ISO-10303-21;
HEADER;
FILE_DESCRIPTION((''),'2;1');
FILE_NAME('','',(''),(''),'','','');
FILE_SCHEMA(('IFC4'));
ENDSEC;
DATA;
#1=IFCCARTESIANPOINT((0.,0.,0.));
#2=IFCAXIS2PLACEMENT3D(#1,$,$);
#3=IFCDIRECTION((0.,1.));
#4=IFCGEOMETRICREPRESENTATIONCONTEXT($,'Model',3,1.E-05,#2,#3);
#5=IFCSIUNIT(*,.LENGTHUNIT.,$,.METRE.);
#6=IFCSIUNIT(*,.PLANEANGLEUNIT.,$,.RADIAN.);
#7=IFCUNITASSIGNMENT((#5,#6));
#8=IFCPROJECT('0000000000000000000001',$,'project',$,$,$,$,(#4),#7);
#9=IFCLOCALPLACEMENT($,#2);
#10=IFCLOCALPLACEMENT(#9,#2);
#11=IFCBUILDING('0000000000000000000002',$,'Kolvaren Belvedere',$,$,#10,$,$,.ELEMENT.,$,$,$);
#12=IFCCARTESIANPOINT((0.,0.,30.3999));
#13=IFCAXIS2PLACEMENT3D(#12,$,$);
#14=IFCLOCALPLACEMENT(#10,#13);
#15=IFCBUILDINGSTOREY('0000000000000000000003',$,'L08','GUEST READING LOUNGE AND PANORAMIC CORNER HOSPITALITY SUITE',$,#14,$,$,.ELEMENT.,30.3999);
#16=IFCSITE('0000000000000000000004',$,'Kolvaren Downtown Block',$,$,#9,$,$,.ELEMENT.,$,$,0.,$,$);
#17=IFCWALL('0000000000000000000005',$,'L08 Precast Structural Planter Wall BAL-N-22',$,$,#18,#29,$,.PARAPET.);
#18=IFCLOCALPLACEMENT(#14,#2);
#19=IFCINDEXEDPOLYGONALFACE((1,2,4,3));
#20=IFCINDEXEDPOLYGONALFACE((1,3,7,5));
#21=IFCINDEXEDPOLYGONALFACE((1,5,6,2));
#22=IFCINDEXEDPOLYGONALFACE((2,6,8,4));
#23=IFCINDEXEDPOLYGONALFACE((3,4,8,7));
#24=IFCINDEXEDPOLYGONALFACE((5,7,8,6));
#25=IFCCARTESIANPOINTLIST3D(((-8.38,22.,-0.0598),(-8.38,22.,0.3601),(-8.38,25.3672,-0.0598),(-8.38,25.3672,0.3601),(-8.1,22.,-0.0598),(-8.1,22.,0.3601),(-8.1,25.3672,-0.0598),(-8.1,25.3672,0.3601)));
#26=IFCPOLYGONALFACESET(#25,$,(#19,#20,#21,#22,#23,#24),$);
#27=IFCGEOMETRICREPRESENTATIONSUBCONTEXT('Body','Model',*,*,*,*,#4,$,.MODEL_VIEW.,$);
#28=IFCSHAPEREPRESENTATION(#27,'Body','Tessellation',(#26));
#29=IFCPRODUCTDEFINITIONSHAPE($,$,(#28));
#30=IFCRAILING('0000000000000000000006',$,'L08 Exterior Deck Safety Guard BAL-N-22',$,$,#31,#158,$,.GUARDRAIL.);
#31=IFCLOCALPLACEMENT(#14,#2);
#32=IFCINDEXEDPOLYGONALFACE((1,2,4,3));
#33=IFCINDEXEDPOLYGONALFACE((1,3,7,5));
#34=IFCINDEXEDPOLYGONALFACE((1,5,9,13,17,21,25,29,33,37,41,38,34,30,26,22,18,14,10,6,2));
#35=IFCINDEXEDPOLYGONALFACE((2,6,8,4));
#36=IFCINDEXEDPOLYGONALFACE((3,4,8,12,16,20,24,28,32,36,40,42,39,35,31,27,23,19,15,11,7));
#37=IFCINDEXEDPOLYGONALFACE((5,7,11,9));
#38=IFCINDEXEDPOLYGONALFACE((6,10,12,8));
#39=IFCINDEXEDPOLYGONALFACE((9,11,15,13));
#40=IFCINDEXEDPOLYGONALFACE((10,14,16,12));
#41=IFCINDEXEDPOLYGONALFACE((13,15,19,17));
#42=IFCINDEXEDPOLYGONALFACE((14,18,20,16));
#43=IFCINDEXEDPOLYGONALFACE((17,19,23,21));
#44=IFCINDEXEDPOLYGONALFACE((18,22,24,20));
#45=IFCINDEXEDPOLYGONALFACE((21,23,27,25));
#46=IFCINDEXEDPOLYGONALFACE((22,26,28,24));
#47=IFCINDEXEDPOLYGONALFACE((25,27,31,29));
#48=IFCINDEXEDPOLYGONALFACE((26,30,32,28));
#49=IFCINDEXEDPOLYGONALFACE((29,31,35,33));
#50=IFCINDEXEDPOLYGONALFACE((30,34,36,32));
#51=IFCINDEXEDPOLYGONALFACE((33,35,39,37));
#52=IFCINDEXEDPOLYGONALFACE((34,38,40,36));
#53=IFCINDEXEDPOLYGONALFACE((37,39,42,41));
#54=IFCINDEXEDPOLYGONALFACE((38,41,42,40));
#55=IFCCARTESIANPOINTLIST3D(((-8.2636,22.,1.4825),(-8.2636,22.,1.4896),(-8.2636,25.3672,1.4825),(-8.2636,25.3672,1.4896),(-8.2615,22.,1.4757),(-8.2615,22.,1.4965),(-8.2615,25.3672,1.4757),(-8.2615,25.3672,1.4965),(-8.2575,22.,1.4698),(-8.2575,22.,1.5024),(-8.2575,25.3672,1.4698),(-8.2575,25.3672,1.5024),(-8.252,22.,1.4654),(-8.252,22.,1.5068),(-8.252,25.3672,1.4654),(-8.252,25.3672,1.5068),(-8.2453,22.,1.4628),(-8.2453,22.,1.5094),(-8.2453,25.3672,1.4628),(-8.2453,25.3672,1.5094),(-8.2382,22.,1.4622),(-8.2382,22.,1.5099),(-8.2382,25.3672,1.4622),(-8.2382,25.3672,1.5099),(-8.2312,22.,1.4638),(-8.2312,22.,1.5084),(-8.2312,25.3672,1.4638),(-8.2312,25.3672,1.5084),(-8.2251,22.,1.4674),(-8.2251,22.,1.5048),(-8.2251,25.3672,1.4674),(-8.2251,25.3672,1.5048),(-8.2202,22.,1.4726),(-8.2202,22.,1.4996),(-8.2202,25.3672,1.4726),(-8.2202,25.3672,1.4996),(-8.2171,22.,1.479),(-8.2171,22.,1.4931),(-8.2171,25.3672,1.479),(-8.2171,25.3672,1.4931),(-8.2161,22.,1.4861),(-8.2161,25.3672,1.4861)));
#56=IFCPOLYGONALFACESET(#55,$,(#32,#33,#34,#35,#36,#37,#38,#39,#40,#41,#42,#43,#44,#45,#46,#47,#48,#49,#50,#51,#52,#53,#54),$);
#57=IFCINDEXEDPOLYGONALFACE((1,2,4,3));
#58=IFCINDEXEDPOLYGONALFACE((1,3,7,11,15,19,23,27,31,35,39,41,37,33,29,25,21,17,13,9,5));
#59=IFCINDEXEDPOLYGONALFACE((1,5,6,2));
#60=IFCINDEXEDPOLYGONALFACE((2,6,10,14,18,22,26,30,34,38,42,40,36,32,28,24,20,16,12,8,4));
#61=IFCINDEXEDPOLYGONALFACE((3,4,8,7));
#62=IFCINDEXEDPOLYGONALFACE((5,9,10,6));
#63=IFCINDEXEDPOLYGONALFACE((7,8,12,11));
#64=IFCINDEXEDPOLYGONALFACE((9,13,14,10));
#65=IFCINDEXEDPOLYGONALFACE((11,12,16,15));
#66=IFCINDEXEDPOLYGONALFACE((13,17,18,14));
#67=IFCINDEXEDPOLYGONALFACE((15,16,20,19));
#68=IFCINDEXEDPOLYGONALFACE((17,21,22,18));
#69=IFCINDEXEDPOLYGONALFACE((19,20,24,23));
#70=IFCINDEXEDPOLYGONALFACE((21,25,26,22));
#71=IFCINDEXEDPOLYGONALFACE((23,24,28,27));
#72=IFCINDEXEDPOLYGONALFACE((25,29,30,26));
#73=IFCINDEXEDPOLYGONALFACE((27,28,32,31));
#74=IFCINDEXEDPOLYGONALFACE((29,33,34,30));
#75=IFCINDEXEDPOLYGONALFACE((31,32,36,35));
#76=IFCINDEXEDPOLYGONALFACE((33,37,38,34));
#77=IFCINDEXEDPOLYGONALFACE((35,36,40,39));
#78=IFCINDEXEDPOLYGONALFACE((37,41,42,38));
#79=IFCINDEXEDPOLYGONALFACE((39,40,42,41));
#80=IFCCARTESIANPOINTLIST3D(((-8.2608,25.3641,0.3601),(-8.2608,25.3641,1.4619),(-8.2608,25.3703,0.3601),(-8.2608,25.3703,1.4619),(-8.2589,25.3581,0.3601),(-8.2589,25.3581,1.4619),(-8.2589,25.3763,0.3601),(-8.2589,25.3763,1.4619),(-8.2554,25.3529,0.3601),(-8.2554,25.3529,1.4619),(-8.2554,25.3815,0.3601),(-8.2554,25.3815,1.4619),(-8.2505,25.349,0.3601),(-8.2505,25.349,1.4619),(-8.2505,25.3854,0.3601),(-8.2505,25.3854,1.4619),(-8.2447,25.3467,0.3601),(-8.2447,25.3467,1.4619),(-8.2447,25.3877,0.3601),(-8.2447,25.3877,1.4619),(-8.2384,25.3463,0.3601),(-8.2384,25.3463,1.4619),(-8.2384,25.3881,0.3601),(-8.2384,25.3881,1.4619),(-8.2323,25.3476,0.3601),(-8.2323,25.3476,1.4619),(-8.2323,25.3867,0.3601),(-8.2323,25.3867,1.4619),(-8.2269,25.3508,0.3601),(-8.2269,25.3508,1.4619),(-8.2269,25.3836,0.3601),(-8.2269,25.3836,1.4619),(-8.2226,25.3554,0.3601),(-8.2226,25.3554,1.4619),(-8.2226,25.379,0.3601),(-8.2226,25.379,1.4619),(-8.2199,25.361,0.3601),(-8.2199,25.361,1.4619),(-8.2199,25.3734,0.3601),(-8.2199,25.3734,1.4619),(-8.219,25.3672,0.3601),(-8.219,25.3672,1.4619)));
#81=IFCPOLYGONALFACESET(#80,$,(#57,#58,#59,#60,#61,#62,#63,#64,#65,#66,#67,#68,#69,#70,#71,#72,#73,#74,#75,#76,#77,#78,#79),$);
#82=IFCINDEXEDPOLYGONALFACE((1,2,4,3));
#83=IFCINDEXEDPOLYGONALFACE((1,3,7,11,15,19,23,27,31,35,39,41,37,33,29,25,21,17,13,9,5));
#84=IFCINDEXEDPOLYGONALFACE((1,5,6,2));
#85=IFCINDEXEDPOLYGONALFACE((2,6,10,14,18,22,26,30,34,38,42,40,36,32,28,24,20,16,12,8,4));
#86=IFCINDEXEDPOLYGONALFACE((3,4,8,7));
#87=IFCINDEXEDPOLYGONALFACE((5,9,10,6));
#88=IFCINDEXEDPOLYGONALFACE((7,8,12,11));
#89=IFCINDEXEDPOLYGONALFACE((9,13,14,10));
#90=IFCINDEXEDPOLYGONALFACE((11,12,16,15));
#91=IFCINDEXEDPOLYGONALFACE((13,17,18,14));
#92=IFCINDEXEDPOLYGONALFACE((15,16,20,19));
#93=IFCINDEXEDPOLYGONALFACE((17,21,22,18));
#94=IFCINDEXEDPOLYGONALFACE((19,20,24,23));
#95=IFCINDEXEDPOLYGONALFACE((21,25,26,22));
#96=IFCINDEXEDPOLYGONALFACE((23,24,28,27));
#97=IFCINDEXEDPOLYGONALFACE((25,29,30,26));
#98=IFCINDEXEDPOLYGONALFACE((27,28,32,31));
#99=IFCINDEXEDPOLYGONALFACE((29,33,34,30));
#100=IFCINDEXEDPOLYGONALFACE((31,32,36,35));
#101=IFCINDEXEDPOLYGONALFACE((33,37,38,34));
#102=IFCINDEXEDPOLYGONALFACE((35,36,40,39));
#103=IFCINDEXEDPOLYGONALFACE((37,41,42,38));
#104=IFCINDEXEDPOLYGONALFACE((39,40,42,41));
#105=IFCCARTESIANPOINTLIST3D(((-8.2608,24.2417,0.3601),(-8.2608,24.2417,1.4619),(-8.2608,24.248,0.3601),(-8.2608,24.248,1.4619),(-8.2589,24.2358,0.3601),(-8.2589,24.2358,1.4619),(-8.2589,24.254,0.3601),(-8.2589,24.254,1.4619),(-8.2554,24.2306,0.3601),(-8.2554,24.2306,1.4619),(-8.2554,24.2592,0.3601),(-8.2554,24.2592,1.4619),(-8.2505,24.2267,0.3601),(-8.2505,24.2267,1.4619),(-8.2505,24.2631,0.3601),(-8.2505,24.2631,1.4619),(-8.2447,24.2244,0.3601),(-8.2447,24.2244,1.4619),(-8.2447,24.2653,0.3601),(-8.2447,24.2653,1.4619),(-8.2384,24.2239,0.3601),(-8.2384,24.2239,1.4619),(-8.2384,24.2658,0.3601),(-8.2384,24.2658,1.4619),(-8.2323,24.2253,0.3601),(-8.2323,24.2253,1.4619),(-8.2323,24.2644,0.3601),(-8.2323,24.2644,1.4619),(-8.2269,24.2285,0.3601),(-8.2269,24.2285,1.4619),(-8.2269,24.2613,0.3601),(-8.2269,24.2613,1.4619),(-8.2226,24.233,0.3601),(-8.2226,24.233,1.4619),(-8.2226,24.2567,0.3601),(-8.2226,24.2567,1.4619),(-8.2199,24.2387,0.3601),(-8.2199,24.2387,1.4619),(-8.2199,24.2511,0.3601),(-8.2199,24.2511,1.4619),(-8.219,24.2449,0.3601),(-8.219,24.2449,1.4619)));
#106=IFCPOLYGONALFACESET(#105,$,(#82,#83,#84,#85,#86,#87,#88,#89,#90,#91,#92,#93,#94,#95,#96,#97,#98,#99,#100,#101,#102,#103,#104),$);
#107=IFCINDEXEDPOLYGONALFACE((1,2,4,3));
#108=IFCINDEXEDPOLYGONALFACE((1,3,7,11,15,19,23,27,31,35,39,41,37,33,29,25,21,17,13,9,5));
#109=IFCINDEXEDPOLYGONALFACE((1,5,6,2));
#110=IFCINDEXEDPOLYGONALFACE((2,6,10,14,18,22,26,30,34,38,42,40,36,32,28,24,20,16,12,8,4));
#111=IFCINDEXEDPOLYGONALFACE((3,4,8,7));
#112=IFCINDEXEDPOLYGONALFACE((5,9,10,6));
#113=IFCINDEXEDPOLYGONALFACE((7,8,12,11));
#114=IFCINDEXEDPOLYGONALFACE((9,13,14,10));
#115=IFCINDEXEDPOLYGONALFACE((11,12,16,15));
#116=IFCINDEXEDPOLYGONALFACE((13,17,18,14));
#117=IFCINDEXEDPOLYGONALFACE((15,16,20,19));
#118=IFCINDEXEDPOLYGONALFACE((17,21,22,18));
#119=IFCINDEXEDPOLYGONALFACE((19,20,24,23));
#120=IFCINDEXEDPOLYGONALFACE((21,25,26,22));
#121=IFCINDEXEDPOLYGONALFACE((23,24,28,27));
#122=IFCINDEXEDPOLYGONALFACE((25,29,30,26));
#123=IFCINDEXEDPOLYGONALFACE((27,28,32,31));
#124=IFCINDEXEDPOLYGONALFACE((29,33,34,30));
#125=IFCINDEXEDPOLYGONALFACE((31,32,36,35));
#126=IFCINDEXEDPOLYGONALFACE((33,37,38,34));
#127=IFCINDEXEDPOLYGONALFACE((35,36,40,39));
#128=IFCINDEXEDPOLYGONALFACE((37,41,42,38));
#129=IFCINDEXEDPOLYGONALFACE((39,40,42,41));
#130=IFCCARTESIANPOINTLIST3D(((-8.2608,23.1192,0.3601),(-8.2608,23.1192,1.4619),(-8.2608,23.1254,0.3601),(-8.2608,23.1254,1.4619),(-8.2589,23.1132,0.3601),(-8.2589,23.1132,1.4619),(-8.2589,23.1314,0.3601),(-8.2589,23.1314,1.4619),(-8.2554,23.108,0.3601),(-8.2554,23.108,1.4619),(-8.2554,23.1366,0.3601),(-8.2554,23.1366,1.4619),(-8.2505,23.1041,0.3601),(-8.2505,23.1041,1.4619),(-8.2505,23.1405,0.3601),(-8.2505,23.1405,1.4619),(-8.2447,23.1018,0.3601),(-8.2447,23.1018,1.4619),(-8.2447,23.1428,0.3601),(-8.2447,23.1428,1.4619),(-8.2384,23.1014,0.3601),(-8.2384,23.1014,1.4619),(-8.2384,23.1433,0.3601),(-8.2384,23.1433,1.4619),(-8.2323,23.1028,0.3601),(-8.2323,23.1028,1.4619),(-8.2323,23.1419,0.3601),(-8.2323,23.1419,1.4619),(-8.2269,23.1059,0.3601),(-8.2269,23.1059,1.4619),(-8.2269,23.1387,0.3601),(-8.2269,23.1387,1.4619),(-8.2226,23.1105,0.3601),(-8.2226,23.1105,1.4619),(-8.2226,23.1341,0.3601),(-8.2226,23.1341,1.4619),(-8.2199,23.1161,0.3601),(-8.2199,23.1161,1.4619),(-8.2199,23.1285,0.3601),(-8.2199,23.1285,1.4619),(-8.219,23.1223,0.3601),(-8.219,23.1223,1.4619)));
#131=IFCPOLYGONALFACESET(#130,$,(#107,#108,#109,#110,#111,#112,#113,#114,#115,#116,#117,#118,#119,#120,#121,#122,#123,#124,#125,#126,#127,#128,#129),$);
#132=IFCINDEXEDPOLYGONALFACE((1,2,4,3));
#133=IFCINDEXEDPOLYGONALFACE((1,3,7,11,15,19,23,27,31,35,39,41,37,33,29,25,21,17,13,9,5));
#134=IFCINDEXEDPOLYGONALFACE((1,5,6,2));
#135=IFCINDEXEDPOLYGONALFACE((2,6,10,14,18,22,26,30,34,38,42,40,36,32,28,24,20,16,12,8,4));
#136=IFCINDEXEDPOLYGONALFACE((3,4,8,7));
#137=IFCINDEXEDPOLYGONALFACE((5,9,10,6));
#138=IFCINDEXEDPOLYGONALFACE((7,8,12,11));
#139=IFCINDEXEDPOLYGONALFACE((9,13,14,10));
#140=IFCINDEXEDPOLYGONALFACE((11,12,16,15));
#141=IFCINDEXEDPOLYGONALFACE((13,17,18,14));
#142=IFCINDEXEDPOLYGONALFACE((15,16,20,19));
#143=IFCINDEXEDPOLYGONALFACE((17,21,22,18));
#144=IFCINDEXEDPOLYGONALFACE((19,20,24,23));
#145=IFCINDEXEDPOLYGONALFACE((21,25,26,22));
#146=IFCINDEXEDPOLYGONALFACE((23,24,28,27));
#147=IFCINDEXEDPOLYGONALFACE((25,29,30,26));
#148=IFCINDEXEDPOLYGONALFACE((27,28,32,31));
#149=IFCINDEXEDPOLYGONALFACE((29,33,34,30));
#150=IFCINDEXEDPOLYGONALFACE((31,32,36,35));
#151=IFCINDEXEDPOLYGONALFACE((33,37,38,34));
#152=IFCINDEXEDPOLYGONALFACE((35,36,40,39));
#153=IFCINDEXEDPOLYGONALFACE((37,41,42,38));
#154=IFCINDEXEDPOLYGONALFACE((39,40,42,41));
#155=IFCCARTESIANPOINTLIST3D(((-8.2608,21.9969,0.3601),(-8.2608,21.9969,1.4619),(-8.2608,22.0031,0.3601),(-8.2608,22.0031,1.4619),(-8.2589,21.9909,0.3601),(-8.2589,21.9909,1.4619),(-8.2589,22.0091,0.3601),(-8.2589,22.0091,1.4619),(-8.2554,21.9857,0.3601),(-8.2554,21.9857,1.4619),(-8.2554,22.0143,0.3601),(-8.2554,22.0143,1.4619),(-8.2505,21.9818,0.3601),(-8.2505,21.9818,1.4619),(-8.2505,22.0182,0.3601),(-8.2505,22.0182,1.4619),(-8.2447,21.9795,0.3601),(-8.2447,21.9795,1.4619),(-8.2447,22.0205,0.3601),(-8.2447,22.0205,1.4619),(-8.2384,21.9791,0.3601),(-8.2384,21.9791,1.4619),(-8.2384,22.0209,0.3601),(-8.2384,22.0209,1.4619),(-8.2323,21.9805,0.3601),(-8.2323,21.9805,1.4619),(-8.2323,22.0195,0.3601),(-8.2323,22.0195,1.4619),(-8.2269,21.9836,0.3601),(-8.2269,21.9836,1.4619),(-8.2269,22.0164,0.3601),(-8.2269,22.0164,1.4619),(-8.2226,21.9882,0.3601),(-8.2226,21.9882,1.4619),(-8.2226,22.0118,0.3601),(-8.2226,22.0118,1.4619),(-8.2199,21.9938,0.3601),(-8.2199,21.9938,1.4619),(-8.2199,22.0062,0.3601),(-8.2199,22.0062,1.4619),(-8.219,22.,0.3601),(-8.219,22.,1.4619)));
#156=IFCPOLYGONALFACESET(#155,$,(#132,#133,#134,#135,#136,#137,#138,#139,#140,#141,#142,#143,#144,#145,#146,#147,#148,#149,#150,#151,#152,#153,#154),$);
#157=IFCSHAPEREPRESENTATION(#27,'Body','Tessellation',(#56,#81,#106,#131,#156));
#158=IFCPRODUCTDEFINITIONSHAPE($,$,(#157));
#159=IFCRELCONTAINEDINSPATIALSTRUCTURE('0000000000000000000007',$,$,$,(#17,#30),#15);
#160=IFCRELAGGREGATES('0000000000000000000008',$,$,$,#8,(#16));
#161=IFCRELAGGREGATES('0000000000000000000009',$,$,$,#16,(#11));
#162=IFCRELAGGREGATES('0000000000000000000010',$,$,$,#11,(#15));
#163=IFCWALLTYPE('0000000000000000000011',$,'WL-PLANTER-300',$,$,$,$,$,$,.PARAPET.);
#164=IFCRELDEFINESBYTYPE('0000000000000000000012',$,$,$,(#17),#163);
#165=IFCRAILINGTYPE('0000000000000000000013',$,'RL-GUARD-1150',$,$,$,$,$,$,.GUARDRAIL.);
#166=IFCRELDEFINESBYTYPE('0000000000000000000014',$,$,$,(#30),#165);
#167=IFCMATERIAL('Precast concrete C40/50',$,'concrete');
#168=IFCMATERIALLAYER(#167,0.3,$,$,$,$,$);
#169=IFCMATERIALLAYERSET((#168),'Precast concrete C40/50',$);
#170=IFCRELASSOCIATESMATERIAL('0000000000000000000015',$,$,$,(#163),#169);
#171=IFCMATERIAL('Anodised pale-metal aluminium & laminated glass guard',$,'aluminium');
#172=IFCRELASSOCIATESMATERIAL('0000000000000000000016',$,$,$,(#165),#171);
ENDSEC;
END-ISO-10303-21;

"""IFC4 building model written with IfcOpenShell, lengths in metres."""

from ifc_helpers import new_model, si_unit, direction, frame, frame_2d, origin, origin_2d, place, context, subcontext, project, spatial, rectangle, circle, extrude, material, layer, layer_set, type_object, element, save


model = new_model("IFC4")

# Units and contexts
model_context = context("Model", 3, precision=1e-05, world=origin(), true_north=direction((0.0, 1.0)))
body_context = subcontext(model_context, "Body", "Model", "MODEL_VIEW")
ifc_project = project(units=[si_unit("LENGTHUNIT", "METRE"), si_unit("PLANEANGLEUNIT", "RADIAN")], contexts=[model_context])

# Site, building, storey
site_placement = place(None, origin())
site = spatial("IfcSite", under=ifc_project, at=site_placement, Name="Kolvaren Downtown Block", CompositionType="ELEMENT", RefElevation=0.0)
building_placement = place(site_placement, origin())
building = spatial("IfcBuilding", under=site, at=building_placement, Name="Kolvaren Belvedere", CompositionType="ELEMENT")
storey_placement = place(building_placement, frame((0.0, 0.0, 30.3999)))
storey = spatial("IfcBuildingStorey", under=building, at=storey_placement, Name="L08", Description="GUEST READING LOUNGE AND PANORAMIC CORNER HOSPITALITY SUITE", CompositionType="ELEMENT", Elevation=30.3999)

# Wall
ifc_material_1 = material(Name="Precast concrete C40/50", Category="concrete")
ifc_layer_1 = layer(ifc_material_1, 0.3)
ifc_layer_set_1 = layer_set([ifc_layer_1], Name="Precast concrete C40/50")
wall_type_1 = type_object("IfcWallType", Name="WL-PLANTER-300", PredefinedType="PARAPET", material=ifc_layer_set_1)
wall_1_placement = place(storey_placement, frame((-8.24, 25.3672, -0.0598), z_axis=(0.0, 0.0, 1.0), x_axis=(0.0, -1.0, 0.0)))
element("IfcWall", 1, at=wall_1_placement, inside=storey, type_object=wall_type_1, Name="L08 Precast Structural Planter Wall BAL-N-22", PredefinedType="PARAPET", context=body_context, shape_type="SweptSolid", body=[
    extrude(rectangle(XDim=3.3672, YDim=0.28, at=frame_2d((1.6836, 0.0))), origin(), (0.0, 0.0, 1.0), 0.4199),
])

# Railing
ifc_material_2 = material(Name="Anodised pale-metal aluminium & laminated glass guard", Category="aluminium")
railing_type = type_object("IfcRailingType", Name="RL-GUARD-1150", PredefinedType="GUARDRAIL", material=ifc_material_2)
railing_placement = place(storey_placement, frame((-8.24, 25.3672, 0.3601)))
element("IfcRailing", 2, at=railing_placement, inside=storey, type_object=railing_type, Name="L08 Exterior Deck Safety Guard BAL-N-22", PredefinedType="GUARDRAIL", context=body_context, shape_type="SweptSolid", body=[
    extrude(circle(Radius=0.0239, at=origin_2d()), frame((0.0, 0.0, 1.126), z_axis=(0.0, -1.0, 0.0), x_axis=(1.0, 0.0, 0.0)), (0.0, 0.0, 1.0), 3.3672),
    extrude(circle(Radius=0.021, at=origin_2d()), origin(), (0.0, 0.0, 1.0), 1.1018),
    extrude(circle(Radius=0.021, at=origin_2d()), frame((0.0, -1.1223, 0.0)), (0.0, 0.0, 1.0), 1.1018),
    extrude(circle(Radius=0.021, at=origin_2d()), frame((0.0, -2.2449, 0.0)), (0.0, 0.0, 1.0), 1.1018),
    extrude(circle(Radius=0.021, at=origin_2d()), frame((0.0, -3.3672, 0.0)), (0.0, 0.0, 1.0), 1.1018),
])

save(model, "model.ifc")
